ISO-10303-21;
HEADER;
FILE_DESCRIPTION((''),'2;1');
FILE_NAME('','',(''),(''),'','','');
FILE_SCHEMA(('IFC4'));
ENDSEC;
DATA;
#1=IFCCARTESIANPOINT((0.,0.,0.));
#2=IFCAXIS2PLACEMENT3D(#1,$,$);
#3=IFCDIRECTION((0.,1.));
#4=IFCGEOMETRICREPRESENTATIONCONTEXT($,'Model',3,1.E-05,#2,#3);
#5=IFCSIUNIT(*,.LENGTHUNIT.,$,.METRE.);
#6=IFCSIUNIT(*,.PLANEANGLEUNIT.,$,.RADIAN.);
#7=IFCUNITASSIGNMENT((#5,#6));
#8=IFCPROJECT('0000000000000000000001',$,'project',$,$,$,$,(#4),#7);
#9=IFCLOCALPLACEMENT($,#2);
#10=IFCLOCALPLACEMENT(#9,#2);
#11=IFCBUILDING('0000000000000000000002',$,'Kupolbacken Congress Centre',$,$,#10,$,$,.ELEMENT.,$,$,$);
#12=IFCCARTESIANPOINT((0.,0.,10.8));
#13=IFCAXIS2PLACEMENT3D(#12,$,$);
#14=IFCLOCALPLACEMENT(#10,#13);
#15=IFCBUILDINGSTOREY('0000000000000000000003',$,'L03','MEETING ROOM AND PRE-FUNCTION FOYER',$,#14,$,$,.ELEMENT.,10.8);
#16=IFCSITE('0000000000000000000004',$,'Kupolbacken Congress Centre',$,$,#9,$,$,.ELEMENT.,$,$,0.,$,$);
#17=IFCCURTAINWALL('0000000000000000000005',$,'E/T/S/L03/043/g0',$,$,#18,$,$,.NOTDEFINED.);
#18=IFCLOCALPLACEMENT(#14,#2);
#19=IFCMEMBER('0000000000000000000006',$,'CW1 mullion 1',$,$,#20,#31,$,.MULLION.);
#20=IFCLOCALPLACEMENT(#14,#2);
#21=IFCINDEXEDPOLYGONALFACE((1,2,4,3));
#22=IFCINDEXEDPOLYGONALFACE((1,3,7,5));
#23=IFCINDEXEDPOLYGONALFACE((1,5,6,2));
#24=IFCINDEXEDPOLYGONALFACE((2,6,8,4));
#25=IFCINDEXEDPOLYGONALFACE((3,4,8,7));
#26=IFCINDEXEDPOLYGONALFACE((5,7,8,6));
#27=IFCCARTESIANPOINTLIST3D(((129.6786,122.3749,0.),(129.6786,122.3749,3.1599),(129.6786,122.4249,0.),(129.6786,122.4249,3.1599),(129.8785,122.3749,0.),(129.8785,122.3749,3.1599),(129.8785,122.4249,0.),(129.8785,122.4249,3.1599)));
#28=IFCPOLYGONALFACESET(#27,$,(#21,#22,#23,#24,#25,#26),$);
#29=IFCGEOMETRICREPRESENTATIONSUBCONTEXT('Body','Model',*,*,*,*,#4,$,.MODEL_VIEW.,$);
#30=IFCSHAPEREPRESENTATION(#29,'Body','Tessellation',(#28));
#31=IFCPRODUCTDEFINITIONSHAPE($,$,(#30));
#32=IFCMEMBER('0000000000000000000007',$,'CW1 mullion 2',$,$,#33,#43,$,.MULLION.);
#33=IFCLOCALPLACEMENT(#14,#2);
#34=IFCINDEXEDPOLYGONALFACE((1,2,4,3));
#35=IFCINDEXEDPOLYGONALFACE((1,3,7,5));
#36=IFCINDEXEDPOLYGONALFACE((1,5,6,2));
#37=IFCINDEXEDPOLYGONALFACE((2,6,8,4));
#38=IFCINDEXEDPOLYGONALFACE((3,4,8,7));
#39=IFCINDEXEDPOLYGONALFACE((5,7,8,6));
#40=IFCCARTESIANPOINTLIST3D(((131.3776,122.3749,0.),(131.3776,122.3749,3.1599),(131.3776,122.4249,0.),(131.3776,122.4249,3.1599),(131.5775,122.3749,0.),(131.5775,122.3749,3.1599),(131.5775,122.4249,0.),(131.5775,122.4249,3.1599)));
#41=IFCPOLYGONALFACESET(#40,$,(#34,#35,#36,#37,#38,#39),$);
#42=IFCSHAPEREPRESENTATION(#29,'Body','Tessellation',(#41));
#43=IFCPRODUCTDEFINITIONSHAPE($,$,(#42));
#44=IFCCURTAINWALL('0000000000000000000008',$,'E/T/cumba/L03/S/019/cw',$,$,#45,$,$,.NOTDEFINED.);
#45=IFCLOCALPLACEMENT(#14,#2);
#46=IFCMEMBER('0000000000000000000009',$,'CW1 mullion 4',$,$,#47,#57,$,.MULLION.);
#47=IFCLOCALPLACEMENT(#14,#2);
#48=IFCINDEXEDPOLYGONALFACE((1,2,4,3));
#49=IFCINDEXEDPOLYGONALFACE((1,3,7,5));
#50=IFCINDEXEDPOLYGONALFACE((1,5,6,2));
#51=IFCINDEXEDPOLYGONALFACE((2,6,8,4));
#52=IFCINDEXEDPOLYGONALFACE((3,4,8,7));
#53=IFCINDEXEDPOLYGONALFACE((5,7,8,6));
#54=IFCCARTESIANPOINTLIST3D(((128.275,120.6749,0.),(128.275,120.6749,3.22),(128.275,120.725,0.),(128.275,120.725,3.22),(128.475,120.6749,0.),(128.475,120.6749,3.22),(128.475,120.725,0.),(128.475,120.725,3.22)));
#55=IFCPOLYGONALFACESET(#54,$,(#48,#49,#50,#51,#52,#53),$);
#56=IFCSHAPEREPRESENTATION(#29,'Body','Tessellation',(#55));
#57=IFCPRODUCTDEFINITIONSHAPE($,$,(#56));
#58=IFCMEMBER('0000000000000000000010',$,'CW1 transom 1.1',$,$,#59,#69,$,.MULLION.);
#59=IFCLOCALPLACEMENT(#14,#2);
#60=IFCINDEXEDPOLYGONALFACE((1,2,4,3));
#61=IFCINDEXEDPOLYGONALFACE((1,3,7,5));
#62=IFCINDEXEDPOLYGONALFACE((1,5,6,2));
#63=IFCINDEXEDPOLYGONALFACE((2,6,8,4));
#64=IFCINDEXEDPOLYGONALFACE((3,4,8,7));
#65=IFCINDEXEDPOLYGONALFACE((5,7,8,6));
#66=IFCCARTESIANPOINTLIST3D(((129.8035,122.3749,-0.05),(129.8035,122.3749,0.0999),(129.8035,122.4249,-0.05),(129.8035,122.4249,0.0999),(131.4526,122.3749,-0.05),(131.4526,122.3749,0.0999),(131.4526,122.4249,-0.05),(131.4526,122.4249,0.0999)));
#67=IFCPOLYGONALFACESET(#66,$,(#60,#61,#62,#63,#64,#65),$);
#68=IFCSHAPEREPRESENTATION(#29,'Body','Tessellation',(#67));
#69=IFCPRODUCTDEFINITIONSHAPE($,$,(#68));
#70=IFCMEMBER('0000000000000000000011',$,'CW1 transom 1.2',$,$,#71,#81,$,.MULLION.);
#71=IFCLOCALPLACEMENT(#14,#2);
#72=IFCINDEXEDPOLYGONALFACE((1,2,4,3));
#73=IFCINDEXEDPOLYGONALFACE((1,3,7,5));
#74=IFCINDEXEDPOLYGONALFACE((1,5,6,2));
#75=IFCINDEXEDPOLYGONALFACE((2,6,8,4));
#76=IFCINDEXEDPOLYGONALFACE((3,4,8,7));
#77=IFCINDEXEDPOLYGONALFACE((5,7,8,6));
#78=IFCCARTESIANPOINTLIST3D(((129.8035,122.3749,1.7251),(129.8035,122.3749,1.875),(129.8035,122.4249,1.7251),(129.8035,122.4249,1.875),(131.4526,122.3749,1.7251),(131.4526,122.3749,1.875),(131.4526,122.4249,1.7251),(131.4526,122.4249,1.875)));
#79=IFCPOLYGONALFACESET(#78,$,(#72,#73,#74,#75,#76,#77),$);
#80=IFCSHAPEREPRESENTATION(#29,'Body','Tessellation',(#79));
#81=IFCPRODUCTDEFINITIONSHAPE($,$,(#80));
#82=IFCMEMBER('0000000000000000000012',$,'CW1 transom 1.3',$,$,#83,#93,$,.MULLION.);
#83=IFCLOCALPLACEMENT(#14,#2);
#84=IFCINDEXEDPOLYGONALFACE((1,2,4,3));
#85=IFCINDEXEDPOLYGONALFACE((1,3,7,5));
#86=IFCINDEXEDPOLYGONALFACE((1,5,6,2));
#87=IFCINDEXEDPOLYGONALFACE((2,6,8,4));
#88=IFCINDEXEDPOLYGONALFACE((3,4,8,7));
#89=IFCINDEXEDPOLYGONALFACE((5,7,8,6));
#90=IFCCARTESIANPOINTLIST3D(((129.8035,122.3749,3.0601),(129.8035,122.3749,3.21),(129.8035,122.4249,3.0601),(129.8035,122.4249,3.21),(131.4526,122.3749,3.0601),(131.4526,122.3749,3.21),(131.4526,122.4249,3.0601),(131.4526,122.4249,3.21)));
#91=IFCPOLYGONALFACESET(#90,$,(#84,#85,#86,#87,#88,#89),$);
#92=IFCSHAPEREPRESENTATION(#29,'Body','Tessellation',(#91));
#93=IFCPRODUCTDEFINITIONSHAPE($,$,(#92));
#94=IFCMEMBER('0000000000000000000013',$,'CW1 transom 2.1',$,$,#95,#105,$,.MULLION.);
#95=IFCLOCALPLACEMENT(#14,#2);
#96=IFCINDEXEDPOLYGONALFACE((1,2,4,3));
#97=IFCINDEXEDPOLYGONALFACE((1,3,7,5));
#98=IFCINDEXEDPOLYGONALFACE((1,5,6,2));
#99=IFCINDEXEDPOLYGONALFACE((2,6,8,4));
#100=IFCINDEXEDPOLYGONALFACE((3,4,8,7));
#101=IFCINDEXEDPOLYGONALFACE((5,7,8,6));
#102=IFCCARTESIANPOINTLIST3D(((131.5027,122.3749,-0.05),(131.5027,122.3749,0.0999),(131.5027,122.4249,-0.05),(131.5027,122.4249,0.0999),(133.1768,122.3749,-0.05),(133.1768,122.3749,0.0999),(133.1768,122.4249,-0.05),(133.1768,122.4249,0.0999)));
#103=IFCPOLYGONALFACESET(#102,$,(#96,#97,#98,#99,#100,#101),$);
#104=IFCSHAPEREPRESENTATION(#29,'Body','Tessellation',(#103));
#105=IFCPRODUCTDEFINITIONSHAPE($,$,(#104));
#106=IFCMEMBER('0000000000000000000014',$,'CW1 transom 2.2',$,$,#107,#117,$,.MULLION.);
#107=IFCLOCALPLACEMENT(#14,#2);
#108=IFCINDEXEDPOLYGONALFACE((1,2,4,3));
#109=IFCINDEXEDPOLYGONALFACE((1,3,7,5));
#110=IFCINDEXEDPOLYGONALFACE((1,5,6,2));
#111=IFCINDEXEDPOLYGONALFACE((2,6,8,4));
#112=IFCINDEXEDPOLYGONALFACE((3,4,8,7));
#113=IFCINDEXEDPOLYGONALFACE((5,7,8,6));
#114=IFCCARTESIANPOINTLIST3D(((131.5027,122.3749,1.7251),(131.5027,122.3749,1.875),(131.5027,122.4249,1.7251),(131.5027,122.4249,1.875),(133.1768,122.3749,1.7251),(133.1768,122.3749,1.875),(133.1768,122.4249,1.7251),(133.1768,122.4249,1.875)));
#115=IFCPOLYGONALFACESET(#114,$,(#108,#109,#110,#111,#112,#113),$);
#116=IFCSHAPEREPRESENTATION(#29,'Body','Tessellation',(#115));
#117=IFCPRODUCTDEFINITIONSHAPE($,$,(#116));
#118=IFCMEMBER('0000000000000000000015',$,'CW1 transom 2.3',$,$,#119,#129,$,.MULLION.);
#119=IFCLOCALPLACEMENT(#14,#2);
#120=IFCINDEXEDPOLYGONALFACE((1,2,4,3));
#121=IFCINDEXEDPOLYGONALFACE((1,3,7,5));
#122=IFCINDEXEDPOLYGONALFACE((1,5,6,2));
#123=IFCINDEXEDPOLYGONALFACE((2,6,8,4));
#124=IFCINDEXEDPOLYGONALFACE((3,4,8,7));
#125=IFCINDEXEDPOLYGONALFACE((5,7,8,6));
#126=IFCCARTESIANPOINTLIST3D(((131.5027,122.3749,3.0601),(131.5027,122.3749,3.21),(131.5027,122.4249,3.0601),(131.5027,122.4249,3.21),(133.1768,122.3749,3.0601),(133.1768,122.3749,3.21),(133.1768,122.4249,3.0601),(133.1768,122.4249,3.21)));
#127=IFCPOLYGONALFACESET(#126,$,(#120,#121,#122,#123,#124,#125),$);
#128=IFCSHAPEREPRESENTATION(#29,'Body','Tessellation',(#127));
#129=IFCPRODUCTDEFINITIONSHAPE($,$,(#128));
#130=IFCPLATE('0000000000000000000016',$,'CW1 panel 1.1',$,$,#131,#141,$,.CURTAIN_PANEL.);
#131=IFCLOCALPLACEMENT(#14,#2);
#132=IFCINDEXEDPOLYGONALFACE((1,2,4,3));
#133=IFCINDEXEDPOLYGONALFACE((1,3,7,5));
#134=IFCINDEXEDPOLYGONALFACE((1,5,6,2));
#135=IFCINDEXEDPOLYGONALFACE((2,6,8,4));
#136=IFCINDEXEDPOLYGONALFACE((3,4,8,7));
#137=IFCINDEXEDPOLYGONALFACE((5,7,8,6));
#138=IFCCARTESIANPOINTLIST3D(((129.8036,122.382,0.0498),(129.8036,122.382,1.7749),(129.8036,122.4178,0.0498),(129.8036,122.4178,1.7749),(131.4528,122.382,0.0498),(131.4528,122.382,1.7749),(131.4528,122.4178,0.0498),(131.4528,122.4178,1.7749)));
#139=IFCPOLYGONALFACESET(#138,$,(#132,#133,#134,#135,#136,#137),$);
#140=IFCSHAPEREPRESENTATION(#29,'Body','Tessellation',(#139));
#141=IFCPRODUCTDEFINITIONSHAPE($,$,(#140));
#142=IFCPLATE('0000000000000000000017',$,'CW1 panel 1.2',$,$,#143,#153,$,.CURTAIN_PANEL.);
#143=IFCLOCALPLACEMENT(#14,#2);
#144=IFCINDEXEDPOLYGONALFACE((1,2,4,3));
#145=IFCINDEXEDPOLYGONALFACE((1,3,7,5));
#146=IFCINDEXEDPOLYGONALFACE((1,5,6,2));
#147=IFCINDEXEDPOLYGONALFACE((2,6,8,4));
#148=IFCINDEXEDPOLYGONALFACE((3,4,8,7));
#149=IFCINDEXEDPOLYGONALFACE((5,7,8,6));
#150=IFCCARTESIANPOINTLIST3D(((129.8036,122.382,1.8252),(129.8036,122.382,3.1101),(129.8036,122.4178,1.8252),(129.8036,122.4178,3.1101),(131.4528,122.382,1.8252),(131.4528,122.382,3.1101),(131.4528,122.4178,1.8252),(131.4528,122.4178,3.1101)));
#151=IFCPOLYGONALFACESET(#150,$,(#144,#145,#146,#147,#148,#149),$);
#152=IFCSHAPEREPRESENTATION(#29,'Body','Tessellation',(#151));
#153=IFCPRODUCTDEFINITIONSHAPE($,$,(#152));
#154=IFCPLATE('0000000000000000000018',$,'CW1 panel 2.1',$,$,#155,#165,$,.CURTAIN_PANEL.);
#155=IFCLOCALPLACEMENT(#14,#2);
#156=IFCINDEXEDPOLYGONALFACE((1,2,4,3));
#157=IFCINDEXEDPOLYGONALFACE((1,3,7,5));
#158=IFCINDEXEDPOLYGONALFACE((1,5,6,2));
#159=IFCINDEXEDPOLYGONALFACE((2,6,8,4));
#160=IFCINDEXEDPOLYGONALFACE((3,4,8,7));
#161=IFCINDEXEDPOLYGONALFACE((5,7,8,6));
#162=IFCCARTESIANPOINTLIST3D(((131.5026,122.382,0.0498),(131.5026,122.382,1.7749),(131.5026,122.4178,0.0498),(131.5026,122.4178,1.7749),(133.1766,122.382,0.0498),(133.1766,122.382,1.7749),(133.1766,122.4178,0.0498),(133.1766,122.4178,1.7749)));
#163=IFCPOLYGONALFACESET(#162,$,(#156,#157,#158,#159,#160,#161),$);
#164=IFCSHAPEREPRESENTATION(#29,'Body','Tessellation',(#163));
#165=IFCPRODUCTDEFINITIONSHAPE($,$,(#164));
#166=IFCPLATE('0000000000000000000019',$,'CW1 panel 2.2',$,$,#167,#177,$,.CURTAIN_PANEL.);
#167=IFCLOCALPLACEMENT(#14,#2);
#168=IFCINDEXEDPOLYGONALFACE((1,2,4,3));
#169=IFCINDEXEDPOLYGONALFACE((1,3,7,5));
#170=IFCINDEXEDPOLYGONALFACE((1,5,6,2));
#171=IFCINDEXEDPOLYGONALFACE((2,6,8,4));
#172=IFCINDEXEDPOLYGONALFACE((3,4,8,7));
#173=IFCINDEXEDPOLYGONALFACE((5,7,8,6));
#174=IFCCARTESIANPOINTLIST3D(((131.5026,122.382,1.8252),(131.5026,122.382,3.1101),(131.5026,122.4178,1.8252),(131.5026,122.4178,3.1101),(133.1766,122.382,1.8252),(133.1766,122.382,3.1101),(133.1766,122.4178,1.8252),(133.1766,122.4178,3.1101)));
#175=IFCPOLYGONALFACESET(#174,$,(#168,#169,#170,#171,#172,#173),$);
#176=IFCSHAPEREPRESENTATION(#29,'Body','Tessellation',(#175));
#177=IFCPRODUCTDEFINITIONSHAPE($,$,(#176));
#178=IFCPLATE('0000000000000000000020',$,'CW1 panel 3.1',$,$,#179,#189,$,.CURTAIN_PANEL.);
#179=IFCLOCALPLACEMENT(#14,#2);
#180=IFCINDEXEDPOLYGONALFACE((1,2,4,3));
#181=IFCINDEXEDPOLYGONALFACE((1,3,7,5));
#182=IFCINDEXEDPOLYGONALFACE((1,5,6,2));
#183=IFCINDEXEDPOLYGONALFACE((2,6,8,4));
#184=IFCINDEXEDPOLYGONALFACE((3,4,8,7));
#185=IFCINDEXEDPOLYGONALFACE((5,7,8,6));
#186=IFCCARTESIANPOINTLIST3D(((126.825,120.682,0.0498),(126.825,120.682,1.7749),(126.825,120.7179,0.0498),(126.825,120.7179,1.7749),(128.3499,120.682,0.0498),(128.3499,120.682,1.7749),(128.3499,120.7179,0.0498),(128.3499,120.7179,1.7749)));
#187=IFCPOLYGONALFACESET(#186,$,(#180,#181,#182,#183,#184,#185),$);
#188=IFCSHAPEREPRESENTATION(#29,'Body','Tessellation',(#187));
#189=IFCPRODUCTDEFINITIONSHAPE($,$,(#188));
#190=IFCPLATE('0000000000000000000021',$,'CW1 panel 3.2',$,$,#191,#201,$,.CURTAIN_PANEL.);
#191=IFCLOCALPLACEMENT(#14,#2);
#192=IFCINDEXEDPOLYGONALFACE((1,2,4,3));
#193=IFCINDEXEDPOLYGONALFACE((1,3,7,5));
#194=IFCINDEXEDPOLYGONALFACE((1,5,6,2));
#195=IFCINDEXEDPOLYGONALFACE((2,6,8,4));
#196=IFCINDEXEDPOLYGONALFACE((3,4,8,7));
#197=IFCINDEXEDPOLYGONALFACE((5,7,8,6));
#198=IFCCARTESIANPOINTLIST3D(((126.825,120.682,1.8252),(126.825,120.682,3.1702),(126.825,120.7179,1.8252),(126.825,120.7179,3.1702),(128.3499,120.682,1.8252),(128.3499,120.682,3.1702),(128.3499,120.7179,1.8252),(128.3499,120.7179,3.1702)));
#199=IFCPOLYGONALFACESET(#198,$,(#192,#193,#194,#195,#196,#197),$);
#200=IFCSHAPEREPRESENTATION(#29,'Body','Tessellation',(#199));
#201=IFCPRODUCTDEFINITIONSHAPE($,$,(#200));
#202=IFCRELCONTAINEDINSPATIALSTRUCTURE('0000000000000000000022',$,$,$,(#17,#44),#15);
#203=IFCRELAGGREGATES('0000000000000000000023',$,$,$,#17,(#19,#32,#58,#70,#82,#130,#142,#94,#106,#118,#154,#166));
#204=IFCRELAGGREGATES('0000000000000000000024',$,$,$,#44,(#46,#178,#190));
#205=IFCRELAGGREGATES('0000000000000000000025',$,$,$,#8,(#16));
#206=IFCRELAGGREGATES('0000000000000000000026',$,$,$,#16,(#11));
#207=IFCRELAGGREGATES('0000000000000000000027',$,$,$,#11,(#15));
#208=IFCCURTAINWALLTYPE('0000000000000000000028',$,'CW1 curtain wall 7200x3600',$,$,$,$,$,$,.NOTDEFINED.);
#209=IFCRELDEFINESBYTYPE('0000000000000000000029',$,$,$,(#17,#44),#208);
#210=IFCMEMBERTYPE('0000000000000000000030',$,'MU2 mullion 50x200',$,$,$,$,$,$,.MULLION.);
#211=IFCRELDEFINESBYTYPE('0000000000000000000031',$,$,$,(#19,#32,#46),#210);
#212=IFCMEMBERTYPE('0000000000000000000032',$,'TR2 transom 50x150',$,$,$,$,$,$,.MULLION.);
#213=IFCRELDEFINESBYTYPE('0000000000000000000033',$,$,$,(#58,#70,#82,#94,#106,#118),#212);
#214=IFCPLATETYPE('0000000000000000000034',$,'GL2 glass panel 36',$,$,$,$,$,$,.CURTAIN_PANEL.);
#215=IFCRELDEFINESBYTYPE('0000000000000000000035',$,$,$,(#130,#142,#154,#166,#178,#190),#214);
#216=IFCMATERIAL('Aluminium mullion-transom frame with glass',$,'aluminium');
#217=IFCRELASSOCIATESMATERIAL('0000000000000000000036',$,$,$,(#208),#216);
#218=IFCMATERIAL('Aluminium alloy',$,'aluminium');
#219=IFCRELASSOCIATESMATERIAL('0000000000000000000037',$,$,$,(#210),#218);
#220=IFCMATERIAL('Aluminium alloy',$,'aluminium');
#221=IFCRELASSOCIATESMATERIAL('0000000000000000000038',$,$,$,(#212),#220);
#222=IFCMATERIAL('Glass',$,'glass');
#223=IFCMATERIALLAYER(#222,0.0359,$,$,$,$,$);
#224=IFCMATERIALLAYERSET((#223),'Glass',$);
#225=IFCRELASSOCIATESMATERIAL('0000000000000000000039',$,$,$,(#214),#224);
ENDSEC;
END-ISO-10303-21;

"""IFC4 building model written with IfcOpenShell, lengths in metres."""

from ifc_helpers import new_model, si_unit, direction, frame, origin, origin_2d, place, context, subcontext, project, spatial, rectangle, extrude, material, layer, layer_set, material_profile, profile_set, type_object, element, aggregate, save


model = new_model("IFC4")

# Units and contexts
model_context = context("Model", 3, precision=1e-05, world=origin(), true_north=direction((0.0, 1.0)))
body_context = subcontext(model_context, "Body", "Model", "MODEL_VIEW")
ifc_project = project(units=[si_unit("LENGTHUNIT", "METRE"), si_unit("PLANEANGLEUNIT", "RADIAN")], contexts=[model_context])

# Site, building, storey
site_placement = place(None, origin())
site = spatial("IfcSite", under=ifc_project, at=site_placement, Name="Kupolbacken Congress Centre", CompositionType="ELEMENT", RefElevation=0.0)
building_placement = place(site_placement, origin())
building = spatial("IfcBuilding", under=site, at=building_placement, Name="Kupolbacken Congress Centre", CompositionType="ELEMENT")
storey_placement = place(building_placement, frame((0.0, 0.0, 10.8)))
storey = spatial("IfcBuildingStorey", under=building, at=storey_placement, Name="L03", Description="MEETING ROOM AND PRE-FUNCTION FOYER", CompositionType="ELEMENT", Elevation=10.8)

# Curtain wall, members
ifc_material_1 = material(Name="Aluminium mullion-transom frame with glass", Category="aluminium")
curtain_wall_type = type_object("IfcCurtainWallType", Name="CW1 curtain wall 7200x3600", PredefinedType="NOTDEFINED", material=ifc_material_1)
curtain_wall_1_placement = place(storey_placement, origin())
curtain_wall_1 = element("IfcCurtainWall", 1, at=curtain_wall_1_placement, inside=storey, type_object=curtain_wall_type, Name="E/T/S/L03/043/g0", PredefinedType="NOTDEFINED")
ifc_material_2 = material(Name="Aluminium alloy", Category="aluminium")
ifc_material_profile_1 = material_profile(ifc_material_2, rectangle(XDim=0.05, YDim=0.2, at=origin_2d()), Name="50 x 200")
ifc_profile_set_1 = profile_set([ifc_material_profile_1], Name="Aluminium alloy")
member_type_1 = type_object("IfcMemberType", Name="MU2 mullion 50x200", PredefinedType="MULLION", material=ifc_profile_set_1)
member_1_placement = place(storey_placement, frame((129.7786, 122.3999, 0.0), z_axis=(0.0, 0.0, 1.0), x_axis=(0.0, 1.0, 0.0)))
member_1 = element("IfcMember", 2, at=member_1_placement, type_object=member_type_1, Name="CW1 mullion 1", PredefinedType="MULLION", context=body_context, shape_type="SweptSolid", body=[
    extrude(rectangle(XDim=0.05, YDim=0.2, at=origin_2d()), origin(), (0.0, 0.0, 1.0), 3.1599),
])
member_2_placement = place(storey_placement, frame((131.4775, 122.3999, 0.0), z_axis=(0.0, 0.0, 1.0), x_axis=(0.0, 1.0, 0.0)))
member_2 = element("IfcMember", 3, at=member_2_placement, type_object=member_type_1, Name="CW1 mullion 2", PredefinedType="MULLION", context=body_context, shape_type="SweptSolid", body=[
    extrude(rectangle(XDim=0.05, YDim=0.2, at=origin_2d()), origin(), (0.0, 0.0, 1.0), 3.1599),
])

# Curtain wall, member
curtain_wall_2_placement = place(storey_placement, origin())
curtain_wall_2 = element("IfcCurtainWall", 4, at=curtain_wall_2_placement, inside=storey, type_object=curtain_wall_type, Name="E/T/cumba/L03/S/019/cw", PredefinedType="NOTDEFINED")
member_3_placement = place(storey_placement, frame((128.375, 120.7, 0.0), z_axis=(0.0, 0.0, 1.0), x_axis=(0.0, 1.0, 0.0)))
member_3 = element("IfcMember", 5, at=member_3_placement, type_object=member_type_1, Name="CW1 mullion 4", PredefinedType="MULLION", context=body_context, shape_type="SweptSolid", body=[
    extrude(rectangle(XDim=0.05, YDim=0.2, at=origin_2d()), origin(), (0.0, 0.0, 1.0), 3.22),
])

# Members
ifc_material_3 = material(Name="Aluminium alloy", Category="aluminium")
ifc_material_profile_2 = material_profile(ifc_material_3, rectangle(XDim=0.05, YDim=0.1499, at=origin_2d()), Name="50 x 150")
ifc_profile_set_2 = profile_set([ifc_material_profile_2], Name="Aluminium alloy")
member_type_2 = type_object("IfcMemberType", Name="TR2 transom 50x150", PredefinedType="MULLION", material=ifc_profile_set_2)
member_4_placement = place(storey_placement, frame((129.8035, 122.3999, 0.0249), z_axis=(1.0, 0.0, 0.0), x_axis=(0.0, 1.0, 0.0)))
member_4 = element("IfcMember", 6, at=member_4_placement, type_object=member_type_2, Name="CW1 transom 1.1", PredefinedType="MULLION", context=body_context, shape_type="SweptSolid", body=[
    extrude(rectangle(XDim=0.05, YDim=0.1499, at=origin_2d()), origin(), (0.0, 0.0, 1.0), 1.6492),
])
member_5_placement = place(storey_placement, frame((129.8035, 122.3999, 1.8), z_axis=(1.0, 0.0, 0.0), x_axis=(0.0, 1.0, 0.0)))
member_5 = element("IfcMember", 7, at=member_5_placement, type_object=member_type_2, Name="CW1 transom 1.2", PredefinedType="MULLION", context=body_context, shape_type="SweptSolid", body=[
    extrude(rectangle(XDim=0.05, YDim=0.1499, at=origin_2d()), origin(), (0.0, 0.0, 1.0), 1.6492),
])
member_6_placement = place(storey_placement, frame((129.8035, 122.3999, 3.135), z_axis=(1.0, 0.0, 0.0), x_axis=(0.0, 1.0, 0.0)))
member_6 = element("IfcMember", 8, at=member_6_placement, type_object=member_type_2, Name="CW1 transom 1.3", PredefinedType="MULLION", context=body_context, shape_type="SweptSolid", body=[
    extrude(rectangle(XDim=0.05, YDim=0.1499, at=origin_2d()), origin(), (0.0, 0.0, 1.0), 1.6492),
])
member_7_placement = place(storey_placement, frame((131.5027, 122.3999, 0.0249), z_axis=(1.0, 0.0, 0.0), x_axis=(0.0, 1.0, 0.0)))
member_7 = element("IfcMember", 9, at=member_7_placement, type_object=member_type_2, Name="CW1 transom 2.1", PredefinedType="MULLION", context=body_context, shape_type="SweptSolid", body=[
    extrude(rectangle(XDim=0.05, YDim=0.1499, at=origin_2d()), origin(), (0.0, 0.0, 1.0), 1.6741),
])
member_8_placement = place(storey_placement, frame((131.5027, 122.3999, 1.8), z_axis=(1.0, 0.0, 0.0), x_axis=(0.0, 1.0, 0.0)))
member_8 = element("IfcMember", 10, at=member_8_placement, type_object=member_type_2, Name="CW1 transom 2.2", PredefinedType="MULLION", context=body_context, shape_type="SweptSolid", body=[
    extrude(rectangle(XDim=0.05, YDim=0.1499, at=origin_2d()), origin(), (0.0, 0.0, 1.0), 1.6741),
])
member_9_placement = place(storey_placement, frame((131.5027, 122.3999, 3.135), z_axis=(1.0, 0.0, 0.0), x_axis=(0.0, 1.0, 0.0)))
member_9 = element("IfcMember", 11, at=member_9_placement, type_object=member_type_2, Name="CW1 transom 2.3", PredefinedType="MULLION", context=body_context, shape_type="SweptSolid", body=[
    extrude(rectangle(XDim=0.05, YDim=0.1499, at=origin_2d()), origin(), (0.0, 0.0, 1.0), 1.6741),
])

# Plates
ifc_material_4 = material(Name="Glass", Category="glass")
ifc_layer_1 = layer(ifc_material_4, 0.0359)
ifc_layer_set_1 = layer_set([ifc_layer_1], Name="Glass")
plate_type = type_object("IfcPlateType", Name="GL2 glass panel 36", PredefinedType="CURTAIN_PANEL", material=ifc_layer_set_1)
plate_1_placement = place(storey_placement, frame((130.6282, 122.3999, 0.0498), z_axis=(0.0, 0.0, 1.0), x_axis=(1.0, 0.0, 0.0)))
plate_1 = element("IfcPlate", 12, at=plate_1_placement, type_object=plate_type, Name="CW1 panel 1.1", PredefinedType="CURTAIN_PANEL", context=body_context, shape_type="SweptSolid", body=[
    extrude(rectangle(XDim=1.6492, YDim=0.0359, at=origin_2d()), origin(), (0.0, 0.0, 1.0), 1.7251),
])
plate_2_placement = place(storey_placement, frame((130.6282, 122.3999, 1.8252), z_axis=(0.0, 0.0, 1.0), x_axis=(1.0, 0.0, 0.0)))
plate_2 = element("IfcPlate", 13, at=plate_2_placement, type_object=plate_type, Name="CW1 panel 1.2", PredefinedType="CURTAIN_PANEL", context=body_context, shape_type="SweptSolid", body=[
    extrude(rectangle(XDim=1.6492, YDim=0.0359, at=origin_2d()), origin(), (0.0, 0.0, 1.0), 1.2849),
])
plate_3_placement = place(storey_placement, frame((132.3396, 122.3999, 0.0498), z_axis=(0.0, 0.0, 1.0), x_axis=(1.0, 0.0, 0.0)))
plate_3 = element("IfcPlate", 14, at=plate_3_placement, type_object=plate_type, Name="CW1 panel 2.1", PredefinedType="CURTAIN_PANEL", context=body_context, shape_type="SweptSolid", body=[
    extrude(rectangle(XDim=1.6741, YDim=0.0359, at=origin_2d()), origin(), (0.0, 0.0, 1.0), 1.7251),
])
plate_4_placement = place(storey_placement, frame((132.3396, 122.3999, 1.8252), z_axis=(0.0, 0.0, 1.0), x_axis=(1.0, 0.0, 0.0)))
plate_4 = element("IfcPlate", 15, at=plate_4_placement, type_object=plate_type, Name="CW1 panel 2.2", PredefinedType="CURTAIN_PANEL", context=body_context, shape_type="SweptSolid", body=[
    extrude(rectangle(XDim=1.6741, YDim=0.0359, at=origin_2d()), origin(), (0.0, 0.0, 1.0), 1.2849),
])
aggregate(curtain_wall_1, [member_1, member_2, member_4, member_5, member_6, plate_1, plate_2, member_7, member_8, member_9, plate_3, plate_4])
plate_5_placement = place(storey_placement, frame((127.5874, 120.7, 0.0498), z_axis=(0.0, 0.0, 1.0), x_axis=(1.0, 0.0, 0.0)))
plate_5 = element("IfcPlate", 16, at=plate_5_placement, type_object=plate_type, Name="CW1 panel 3.1", PredefinedType="CURTAIN_PANEL", context=body_context, shape_type="SweptSolid", body=[
    extrude(rectangle(XDim=1.5249, YDim=0.0359, at=origin_2d()), origin(), (0.0, 0.0, 1.0), 1.7251),
])
plate_6_placement = place(storey_placement, frame((127.5874, 120.7, 1.8252), z_axis=(0.0, 0.0, 1.0), x_axis=(1.0, 0.0, 0.0)))
plate_6 = element("IfcPlate", 17, at=plate_6_placement, type_object=plate_type, Name="CW1 panel 3.2", PredefinedType="CURTAIN_PANEL", context=body_context, shape_type="SweptSolid", body=[
    extrude(rectangle(XDim=1.5249, YDim=0.0359, at=origin_2d()), origin(), (0.0, 0.0, 1.0), 1.345),
])
aggregate(curtain_wall_2, [member_3, plate_5, plate_6])

save(model, "model.ifc")
